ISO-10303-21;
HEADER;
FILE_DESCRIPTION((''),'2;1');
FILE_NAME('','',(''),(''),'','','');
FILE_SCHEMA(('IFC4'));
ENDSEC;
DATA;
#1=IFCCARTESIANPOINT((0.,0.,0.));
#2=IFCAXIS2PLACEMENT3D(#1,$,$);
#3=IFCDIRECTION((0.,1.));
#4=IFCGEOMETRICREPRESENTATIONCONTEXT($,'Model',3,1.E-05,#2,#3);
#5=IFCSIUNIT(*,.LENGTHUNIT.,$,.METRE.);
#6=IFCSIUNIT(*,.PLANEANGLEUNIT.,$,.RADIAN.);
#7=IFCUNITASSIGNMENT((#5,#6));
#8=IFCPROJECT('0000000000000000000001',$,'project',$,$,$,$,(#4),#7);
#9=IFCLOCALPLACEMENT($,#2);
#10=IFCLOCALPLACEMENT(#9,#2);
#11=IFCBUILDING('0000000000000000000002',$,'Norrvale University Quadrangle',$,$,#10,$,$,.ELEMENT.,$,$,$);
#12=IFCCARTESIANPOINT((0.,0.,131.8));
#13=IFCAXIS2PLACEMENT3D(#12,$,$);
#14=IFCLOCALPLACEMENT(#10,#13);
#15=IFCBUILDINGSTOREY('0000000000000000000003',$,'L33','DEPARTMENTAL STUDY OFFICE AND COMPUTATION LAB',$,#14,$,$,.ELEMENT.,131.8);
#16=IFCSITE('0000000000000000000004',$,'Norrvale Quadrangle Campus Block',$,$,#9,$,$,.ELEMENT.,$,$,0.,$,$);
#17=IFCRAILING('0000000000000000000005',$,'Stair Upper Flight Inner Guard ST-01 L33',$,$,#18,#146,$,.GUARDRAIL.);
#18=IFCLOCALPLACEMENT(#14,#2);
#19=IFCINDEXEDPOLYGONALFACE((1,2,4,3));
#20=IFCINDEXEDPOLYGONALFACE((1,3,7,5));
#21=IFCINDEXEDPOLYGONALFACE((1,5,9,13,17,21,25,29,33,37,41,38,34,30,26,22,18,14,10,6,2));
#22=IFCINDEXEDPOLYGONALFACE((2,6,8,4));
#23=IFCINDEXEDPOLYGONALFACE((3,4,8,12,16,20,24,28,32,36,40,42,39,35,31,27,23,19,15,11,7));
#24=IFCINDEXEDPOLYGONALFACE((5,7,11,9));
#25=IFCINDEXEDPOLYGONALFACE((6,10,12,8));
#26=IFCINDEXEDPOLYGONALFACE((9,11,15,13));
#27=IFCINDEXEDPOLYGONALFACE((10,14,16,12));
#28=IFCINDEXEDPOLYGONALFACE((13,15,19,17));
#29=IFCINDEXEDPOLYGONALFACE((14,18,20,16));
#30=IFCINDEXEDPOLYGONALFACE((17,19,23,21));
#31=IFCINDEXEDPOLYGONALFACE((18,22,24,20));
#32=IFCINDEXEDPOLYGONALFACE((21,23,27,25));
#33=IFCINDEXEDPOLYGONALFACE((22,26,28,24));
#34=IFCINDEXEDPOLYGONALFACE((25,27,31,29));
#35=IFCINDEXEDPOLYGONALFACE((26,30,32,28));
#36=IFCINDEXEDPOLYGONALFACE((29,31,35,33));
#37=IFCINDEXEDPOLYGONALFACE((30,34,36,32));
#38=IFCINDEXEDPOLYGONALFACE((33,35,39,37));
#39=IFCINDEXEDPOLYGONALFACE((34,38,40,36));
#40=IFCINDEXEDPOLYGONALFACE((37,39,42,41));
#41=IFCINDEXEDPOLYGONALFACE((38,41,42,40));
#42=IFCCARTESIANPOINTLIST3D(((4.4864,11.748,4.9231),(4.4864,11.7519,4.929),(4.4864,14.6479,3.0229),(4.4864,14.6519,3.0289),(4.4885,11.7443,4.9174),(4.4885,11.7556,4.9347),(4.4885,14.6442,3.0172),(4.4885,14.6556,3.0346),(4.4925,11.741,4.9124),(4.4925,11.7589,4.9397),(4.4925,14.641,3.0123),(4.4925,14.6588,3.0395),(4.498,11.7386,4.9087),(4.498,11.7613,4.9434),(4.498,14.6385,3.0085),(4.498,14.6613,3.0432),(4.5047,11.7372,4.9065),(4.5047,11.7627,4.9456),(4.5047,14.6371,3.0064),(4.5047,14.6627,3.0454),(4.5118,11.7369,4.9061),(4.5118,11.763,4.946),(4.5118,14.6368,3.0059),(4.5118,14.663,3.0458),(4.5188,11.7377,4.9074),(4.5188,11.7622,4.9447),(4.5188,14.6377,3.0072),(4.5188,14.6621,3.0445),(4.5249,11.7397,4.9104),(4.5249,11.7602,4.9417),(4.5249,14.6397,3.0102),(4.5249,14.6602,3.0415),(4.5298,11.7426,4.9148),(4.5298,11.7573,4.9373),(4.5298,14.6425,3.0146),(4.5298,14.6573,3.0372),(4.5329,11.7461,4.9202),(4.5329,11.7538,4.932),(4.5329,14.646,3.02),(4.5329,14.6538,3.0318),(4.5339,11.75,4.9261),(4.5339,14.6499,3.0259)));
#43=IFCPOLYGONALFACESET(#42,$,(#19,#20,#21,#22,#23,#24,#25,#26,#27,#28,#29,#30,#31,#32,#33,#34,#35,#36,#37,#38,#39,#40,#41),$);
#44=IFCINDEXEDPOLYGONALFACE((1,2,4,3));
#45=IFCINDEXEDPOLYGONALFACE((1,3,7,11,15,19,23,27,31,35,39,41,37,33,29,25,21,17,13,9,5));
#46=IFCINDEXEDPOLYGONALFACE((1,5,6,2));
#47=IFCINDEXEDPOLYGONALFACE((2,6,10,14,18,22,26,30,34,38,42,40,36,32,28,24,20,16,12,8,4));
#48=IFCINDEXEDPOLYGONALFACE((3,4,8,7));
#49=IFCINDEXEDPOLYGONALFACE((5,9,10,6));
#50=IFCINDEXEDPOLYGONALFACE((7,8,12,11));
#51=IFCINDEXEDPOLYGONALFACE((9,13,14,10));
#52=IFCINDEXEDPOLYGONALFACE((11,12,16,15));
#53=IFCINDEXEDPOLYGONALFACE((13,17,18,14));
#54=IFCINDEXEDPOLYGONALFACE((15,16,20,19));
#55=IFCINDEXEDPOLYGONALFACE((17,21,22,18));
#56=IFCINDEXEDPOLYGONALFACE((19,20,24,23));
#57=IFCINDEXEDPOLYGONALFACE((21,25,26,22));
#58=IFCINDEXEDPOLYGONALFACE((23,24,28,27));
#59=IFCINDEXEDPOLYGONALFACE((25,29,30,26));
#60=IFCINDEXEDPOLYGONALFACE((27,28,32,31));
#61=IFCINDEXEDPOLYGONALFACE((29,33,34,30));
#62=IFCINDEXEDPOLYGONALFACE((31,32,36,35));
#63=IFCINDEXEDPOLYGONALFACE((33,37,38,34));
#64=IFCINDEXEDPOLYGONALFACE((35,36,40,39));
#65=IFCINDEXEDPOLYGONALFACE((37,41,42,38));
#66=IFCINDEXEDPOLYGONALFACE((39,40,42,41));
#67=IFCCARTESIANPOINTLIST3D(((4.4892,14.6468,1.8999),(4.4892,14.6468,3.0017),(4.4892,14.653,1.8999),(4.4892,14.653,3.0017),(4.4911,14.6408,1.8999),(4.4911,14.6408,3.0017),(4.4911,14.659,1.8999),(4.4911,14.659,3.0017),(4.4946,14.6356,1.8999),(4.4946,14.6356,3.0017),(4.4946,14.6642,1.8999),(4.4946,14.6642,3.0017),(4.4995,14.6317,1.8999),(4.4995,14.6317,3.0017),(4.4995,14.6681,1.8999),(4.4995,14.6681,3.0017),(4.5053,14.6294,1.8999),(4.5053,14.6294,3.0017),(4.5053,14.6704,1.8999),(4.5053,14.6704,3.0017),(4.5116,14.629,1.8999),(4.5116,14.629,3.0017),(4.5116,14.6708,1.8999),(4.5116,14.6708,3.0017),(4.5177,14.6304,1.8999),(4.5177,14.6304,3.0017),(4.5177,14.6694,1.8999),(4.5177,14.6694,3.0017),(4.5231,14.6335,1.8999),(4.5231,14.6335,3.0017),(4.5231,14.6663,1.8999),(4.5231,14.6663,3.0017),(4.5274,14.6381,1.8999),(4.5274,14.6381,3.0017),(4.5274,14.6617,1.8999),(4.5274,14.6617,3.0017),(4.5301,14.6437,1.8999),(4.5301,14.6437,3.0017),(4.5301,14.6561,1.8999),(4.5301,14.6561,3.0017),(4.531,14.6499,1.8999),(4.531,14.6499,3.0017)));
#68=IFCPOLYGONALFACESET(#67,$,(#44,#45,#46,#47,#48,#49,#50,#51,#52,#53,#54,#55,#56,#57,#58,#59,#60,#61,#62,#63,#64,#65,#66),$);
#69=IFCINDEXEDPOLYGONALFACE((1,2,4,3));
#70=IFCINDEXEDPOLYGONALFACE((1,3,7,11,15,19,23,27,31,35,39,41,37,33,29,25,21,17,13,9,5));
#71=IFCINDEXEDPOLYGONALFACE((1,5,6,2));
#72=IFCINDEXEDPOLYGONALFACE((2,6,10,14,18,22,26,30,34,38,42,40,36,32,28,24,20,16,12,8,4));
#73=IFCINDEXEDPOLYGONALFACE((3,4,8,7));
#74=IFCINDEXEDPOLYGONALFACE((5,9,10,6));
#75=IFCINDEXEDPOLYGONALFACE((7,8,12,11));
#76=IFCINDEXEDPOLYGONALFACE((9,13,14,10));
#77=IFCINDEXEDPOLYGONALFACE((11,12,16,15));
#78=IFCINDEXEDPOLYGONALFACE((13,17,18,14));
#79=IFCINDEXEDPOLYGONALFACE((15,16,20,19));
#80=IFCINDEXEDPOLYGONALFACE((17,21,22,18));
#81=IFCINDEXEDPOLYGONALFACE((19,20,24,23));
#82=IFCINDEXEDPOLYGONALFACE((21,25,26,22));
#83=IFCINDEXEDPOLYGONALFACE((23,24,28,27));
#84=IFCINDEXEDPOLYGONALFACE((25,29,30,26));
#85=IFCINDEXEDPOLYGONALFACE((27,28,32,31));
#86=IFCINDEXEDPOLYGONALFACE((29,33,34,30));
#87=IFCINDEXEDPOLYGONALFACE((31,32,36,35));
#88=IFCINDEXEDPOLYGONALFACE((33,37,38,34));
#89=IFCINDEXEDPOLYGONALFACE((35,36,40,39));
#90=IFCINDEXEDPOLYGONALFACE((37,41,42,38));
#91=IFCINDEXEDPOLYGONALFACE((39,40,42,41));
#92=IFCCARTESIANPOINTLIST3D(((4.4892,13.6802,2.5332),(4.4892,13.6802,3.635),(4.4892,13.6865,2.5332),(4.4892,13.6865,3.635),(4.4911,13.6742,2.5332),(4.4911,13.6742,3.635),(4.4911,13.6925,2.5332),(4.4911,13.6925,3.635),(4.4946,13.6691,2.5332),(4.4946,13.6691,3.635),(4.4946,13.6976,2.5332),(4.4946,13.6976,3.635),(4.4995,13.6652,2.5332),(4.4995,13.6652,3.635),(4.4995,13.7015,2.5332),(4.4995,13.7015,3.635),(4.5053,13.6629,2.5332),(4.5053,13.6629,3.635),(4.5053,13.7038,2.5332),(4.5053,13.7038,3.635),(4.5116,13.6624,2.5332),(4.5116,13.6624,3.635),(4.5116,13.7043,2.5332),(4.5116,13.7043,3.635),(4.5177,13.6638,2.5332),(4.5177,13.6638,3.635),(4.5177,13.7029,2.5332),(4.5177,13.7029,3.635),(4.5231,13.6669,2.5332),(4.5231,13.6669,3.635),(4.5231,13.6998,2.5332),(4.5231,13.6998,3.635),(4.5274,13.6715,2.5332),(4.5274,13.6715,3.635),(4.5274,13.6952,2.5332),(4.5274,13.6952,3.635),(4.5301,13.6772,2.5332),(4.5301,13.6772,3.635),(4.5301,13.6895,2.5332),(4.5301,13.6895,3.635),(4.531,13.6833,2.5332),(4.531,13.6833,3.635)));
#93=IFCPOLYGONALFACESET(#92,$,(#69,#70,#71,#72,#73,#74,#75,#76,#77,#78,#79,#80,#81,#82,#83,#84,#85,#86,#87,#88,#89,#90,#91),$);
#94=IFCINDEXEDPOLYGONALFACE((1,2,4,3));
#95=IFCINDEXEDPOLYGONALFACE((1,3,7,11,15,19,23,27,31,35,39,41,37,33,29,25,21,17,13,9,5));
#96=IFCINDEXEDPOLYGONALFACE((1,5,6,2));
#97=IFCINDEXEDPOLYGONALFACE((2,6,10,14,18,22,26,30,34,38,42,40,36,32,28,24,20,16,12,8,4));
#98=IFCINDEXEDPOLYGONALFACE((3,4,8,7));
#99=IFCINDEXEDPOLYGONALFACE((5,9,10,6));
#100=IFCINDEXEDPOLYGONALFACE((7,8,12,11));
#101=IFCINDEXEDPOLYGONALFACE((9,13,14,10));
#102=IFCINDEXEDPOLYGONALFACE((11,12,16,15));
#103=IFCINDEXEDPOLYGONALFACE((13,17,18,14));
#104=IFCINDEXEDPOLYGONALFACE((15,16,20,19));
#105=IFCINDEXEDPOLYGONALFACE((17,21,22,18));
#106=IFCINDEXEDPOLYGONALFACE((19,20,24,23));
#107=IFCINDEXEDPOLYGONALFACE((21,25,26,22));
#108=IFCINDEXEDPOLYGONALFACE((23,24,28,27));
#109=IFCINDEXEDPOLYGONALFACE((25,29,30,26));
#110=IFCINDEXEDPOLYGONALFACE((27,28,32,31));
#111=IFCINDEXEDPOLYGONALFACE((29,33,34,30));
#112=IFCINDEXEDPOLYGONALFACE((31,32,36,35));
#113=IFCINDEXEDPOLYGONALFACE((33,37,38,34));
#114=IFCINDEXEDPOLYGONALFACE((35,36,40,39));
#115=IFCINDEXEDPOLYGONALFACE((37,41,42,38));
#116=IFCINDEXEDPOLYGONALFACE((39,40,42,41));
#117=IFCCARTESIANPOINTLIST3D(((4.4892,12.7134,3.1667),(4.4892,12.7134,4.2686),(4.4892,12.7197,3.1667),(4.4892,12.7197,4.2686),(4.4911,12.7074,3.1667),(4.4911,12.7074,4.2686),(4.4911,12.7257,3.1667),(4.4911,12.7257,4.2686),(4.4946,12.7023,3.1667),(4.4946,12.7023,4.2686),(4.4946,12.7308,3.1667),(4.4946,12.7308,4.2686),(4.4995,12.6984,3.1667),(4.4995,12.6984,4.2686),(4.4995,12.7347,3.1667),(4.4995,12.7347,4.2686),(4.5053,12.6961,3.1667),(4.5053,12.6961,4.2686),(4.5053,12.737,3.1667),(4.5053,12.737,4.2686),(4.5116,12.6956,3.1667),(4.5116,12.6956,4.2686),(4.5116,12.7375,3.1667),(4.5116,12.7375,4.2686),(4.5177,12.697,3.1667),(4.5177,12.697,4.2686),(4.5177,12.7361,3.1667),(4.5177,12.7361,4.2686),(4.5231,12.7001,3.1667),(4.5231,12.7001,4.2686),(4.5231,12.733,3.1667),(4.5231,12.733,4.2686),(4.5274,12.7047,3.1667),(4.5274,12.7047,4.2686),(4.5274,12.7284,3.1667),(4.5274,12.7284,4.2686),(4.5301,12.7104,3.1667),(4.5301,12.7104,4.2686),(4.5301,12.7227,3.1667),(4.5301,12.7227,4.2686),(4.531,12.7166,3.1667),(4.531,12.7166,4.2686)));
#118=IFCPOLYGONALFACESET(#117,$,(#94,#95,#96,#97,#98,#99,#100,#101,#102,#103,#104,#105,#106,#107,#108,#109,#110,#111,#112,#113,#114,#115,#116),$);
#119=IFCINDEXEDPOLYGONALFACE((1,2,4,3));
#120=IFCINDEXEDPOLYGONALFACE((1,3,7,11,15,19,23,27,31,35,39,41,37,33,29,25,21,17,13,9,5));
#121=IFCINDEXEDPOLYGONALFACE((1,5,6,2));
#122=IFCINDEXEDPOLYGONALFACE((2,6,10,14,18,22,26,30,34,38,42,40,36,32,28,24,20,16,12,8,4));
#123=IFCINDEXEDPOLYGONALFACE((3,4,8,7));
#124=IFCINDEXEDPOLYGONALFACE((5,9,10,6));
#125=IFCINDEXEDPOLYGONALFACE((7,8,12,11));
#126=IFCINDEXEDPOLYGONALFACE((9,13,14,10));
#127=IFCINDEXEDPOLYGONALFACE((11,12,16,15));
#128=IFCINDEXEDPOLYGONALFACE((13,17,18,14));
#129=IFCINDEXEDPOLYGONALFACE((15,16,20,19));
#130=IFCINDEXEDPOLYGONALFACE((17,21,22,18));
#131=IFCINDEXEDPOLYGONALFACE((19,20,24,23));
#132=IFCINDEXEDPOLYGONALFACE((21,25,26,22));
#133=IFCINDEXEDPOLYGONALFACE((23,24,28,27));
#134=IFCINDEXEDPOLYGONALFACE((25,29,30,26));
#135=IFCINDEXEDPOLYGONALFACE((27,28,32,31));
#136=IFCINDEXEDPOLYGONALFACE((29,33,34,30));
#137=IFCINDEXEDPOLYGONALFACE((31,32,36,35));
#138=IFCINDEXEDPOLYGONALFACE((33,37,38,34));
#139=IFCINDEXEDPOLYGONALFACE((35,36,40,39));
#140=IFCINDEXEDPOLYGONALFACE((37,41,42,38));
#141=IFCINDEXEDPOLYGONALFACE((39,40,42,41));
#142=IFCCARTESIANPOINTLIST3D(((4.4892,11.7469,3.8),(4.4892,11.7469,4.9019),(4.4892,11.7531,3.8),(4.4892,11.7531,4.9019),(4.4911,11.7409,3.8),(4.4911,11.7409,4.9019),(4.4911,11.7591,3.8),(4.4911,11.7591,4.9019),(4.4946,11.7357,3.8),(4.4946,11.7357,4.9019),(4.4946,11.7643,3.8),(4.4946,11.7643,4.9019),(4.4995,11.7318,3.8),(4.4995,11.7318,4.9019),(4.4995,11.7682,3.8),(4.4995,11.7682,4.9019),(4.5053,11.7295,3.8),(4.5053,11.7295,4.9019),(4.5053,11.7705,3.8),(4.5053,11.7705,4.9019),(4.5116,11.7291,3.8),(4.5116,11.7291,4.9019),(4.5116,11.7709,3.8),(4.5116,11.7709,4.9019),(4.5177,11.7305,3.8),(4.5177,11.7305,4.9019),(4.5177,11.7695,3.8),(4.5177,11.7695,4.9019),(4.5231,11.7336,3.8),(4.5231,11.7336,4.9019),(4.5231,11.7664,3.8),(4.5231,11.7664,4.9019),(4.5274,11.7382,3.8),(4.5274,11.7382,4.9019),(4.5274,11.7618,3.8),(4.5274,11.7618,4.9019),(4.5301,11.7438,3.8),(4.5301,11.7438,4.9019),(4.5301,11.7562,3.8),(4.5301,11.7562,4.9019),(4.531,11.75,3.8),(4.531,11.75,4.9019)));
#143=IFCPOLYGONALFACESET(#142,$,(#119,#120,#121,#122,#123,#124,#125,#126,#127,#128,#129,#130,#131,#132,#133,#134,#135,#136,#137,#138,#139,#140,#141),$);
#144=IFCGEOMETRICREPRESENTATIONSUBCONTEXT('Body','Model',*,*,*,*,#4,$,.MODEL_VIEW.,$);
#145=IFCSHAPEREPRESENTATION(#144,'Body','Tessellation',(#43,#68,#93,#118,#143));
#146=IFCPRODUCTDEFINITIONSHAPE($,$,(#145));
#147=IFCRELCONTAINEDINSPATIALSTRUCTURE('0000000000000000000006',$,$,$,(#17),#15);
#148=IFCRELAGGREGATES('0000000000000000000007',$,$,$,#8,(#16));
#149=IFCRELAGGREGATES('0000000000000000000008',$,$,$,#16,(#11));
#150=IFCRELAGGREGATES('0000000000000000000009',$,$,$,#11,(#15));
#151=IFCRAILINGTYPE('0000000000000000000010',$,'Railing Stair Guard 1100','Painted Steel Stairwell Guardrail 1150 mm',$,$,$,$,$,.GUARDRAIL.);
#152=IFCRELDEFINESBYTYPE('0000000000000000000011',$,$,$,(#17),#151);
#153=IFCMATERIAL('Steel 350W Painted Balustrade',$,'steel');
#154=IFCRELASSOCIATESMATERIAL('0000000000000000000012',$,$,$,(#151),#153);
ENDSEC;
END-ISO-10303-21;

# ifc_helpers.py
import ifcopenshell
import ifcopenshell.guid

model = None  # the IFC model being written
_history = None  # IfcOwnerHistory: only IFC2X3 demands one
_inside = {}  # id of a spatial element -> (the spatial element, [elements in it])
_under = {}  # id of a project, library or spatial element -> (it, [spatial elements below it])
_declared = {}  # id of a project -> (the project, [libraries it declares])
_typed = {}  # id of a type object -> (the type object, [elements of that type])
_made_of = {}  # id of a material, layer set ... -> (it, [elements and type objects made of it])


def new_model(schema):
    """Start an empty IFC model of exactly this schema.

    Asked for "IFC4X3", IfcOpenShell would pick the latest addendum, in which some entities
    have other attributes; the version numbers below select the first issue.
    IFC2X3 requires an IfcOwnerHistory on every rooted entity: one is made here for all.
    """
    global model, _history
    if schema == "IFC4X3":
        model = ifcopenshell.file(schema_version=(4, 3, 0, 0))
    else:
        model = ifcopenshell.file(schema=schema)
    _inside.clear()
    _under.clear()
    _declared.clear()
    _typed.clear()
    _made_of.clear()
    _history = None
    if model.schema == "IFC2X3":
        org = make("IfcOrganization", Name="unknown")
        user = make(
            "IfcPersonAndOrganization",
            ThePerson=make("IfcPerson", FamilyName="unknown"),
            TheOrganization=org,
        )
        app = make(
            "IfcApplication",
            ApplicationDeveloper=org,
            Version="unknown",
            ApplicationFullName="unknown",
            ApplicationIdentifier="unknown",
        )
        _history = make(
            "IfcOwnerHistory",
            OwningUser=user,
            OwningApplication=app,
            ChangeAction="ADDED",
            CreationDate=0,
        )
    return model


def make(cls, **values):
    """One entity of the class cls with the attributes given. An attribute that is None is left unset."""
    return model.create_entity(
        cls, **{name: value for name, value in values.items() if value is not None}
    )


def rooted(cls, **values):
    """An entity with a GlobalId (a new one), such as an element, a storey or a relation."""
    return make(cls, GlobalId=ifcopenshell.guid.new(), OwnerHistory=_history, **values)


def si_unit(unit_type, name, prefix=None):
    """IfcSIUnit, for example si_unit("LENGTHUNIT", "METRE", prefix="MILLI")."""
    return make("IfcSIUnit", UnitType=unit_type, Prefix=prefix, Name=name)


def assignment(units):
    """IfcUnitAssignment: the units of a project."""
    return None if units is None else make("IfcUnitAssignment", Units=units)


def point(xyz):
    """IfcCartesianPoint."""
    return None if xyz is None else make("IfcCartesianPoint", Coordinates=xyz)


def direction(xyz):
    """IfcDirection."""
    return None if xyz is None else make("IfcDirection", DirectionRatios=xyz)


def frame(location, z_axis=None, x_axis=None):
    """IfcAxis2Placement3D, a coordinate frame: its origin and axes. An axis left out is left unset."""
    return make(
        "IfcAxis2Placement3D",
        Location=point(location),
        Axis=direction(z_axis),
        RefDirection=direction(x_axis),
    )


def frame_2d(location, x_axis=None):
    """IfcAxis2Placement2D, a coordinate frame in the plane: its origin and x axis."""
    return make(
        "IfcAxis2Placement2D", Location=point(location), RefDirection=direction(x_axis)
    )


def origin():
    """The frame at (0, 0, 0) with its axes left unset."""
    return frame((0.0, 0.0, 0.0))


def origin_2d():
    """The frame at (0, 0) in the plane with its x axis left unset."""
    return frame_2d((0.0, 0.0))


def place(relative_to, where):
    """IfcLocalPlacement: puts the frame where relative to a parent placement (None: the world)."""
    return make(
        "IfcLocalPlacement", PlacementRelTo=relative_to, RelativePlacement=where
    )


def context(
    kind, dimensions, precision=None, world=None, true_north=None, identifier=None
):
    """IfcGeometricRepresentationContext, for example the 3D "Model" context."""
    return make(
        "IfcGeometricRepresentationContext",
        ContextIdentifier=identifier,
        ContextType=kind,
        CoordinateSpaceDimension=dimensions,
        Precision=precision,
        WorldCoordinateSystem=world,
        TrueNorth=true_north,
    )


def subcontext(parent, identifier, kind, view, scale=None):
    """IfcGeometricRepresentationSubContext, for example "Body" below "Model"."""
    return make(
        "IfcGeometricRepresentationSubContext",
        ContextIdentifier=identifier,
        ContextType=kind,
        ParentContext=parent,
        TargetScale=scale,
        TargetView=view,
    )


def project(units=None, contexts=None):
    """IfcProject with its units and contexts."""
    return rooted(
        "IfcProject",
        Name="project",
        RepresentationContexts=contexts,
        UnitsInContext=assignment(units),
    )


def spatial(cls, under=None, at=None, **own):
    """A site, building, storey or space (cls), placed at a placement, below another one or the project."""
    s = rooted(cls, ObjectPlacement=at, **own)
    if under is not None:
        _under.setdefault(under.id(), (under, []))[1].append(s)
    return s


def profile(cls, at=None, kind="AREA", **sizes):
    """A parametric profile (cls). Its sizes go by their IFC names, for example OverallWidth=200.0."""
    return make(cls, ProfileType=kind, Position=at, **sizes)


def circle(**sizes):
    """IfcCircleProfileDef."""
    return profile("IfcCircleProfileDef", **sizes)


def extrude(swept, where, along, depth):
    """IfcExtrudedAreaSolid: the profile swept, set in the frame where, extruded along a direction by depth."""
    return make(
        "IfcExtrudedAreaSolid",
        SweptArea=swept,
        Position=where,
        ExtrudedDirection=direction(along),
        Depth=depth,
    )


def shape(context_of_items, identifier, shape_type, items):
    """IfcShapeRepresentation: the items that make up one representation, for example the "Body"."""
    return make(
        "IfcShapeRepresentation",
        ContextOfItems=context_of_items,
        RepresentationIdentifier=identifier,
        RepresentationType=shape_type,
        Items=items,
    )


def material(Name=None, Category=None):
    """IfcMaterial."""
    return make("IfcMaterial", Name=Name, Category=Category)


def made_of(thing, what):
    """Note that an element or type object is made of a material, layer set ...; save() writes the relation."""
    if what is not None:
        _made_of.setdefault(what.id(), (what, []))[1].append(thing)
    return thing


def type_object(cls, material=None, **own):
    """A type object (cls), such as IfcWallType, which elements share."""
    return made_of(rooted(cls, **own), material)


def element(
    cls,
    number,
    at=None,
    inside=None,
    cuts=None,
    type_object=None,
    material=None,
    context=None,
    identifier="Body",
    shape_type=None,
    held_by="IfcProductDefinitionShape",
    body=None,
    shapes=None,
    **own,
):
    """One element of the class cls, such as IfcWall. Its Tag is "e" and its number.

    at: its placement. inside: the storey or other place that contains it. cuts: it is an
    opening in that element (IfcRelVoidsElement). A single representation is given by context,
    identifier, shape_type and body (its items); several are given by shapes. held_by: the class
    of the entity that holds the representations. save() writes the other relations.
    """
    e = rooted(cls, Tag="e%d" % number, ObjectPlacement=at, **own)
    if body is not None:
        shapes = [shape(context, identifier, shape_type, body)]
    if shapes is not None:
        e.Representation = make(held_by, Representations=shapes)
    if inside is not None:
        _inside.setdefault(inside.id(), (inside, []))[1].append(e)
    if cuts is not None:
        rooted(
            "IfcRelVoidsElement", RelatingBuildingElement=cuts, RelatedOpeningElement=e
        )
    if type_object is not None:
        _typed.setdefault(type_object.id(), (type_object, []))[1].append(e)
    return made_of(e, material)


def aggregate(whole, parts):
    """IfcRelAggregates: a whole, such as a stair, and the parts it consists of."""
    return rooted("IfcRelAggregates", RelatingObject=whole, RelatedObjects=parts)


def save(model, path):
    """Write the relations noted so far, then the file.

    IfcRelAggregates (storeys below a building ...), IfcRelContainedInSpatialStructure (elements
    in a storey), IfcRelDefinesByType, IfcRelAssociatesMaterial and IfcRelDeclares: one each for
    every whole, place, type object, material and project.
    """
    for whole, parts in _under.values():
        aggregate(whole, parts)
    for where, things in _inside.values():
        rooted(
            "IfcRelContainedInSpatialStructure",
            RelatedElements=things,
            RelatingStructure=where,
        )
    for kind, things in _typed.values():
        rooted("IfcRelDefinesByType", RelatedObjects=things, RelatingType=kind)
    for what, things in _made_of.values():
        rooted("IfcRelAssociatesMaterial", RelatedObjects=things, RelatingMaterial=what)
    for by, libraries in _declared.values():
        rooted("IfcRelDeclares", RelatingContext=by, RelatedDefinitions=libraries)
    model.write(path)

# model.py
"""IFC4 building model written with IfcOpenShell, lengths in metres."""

from ifc_helpers import new_model, si_unit, direction, frame, origin, origin_2d, place, context, subcontext, project, spatial, circle, extrude, material, type_object, element, save


model = new_model("IFC4")

# Units and contexts
model_context = context("Model", 3, precision=1e-05, world=origin(), true_north=direction((0.0, 1.0)))
body_context = subcontext(model_context, "Body", "Model", "MODEL_VIEW")
ifc_project = project(units=[si_unit("LENGTHUNIT", "METRE"), si_unit("PLANEANGLEUNIT", "RADIAN")], contexts=[model_context])

# Site, building, storey
site_placement = place(None, origin())
site = spatial("IfcSite", under=ifc_project, at=site_placement, Name="Norrvale Quadrangle Campus Block", CompositionType="ELEMENT", RefElevation=0.0)
building_placement = place(site_placement, origin())
building = spatial("IfcBuilding", under=site, at=building_placement, Name="Norrvale University Quadrangle", CompositionType="ELEMENT")
storey_placement = place(building_placement, frame((0.0, 0.0, 131.8)))
storey = spatial("IfcBuildingStorey", under=building, at=storey_placement, Name="L33", Description="DEPARTMENTAL STUDY OFFICE AND COMPUTATION LAB", CompositionType="ELEMENT", Elevation=131.8)

# Railing
ifc_material_1 = material(Name="Steel 350W Painted Balustrade", Category="steel")
railing_type_1 = type_object("IfcRailingType", Name="Railing Stair Guard 1100", Description="Painted Steel Stairwell Guardrail 1150 mm", PredefinedType="GUARDRAIL", material=ifc_material_1)
railing_1_placement = place(storey_placement, frame((4.51, 14.6499, 1.8999)))
element("IfcRailing", 1, at=railing_1_placement, inside=storey, type_object=railing_type_1, Name="Stair Upper Flight Inner Guard ST-01 L33", PredefinedType="GUARDRAIL", context=body_context, shape_type="SweptSolid", body=[
    extrude(circle(Radius=0.0239, at=origin_2d()), frame((0.0, 0.0, 1.126), z_axis=(0.0, -0.836433, 0.548069), x_axis=(1.0, 0.0, 0.0)), (0.0, 0.0, 1.0), 3.467),
    extrude(circle(Radius=0.021, at=origin_2d()), origin(), (0.0, 0.0, 1.0), 1.1018),
    extrude(circle(Radius=0.021, at=origin_2d()), frame((0.0, -0.9666, 0.6333)), (0.0, 0.0, 1.0), 1.1018),
    extrude(circle(Radius=0.021, at=origin_2d()), frame((0.0, -1.9333, 1.2668)), (0.0, 0.0, 1.0), 1.1018),
    extrude(circle(Radius=0.021, at=origin_2d()), frame((0.0, -2.8999, 1.9001)), (0.0, 0.0, 1.0), 1.1018),
])

save(model, "model.ifc")
